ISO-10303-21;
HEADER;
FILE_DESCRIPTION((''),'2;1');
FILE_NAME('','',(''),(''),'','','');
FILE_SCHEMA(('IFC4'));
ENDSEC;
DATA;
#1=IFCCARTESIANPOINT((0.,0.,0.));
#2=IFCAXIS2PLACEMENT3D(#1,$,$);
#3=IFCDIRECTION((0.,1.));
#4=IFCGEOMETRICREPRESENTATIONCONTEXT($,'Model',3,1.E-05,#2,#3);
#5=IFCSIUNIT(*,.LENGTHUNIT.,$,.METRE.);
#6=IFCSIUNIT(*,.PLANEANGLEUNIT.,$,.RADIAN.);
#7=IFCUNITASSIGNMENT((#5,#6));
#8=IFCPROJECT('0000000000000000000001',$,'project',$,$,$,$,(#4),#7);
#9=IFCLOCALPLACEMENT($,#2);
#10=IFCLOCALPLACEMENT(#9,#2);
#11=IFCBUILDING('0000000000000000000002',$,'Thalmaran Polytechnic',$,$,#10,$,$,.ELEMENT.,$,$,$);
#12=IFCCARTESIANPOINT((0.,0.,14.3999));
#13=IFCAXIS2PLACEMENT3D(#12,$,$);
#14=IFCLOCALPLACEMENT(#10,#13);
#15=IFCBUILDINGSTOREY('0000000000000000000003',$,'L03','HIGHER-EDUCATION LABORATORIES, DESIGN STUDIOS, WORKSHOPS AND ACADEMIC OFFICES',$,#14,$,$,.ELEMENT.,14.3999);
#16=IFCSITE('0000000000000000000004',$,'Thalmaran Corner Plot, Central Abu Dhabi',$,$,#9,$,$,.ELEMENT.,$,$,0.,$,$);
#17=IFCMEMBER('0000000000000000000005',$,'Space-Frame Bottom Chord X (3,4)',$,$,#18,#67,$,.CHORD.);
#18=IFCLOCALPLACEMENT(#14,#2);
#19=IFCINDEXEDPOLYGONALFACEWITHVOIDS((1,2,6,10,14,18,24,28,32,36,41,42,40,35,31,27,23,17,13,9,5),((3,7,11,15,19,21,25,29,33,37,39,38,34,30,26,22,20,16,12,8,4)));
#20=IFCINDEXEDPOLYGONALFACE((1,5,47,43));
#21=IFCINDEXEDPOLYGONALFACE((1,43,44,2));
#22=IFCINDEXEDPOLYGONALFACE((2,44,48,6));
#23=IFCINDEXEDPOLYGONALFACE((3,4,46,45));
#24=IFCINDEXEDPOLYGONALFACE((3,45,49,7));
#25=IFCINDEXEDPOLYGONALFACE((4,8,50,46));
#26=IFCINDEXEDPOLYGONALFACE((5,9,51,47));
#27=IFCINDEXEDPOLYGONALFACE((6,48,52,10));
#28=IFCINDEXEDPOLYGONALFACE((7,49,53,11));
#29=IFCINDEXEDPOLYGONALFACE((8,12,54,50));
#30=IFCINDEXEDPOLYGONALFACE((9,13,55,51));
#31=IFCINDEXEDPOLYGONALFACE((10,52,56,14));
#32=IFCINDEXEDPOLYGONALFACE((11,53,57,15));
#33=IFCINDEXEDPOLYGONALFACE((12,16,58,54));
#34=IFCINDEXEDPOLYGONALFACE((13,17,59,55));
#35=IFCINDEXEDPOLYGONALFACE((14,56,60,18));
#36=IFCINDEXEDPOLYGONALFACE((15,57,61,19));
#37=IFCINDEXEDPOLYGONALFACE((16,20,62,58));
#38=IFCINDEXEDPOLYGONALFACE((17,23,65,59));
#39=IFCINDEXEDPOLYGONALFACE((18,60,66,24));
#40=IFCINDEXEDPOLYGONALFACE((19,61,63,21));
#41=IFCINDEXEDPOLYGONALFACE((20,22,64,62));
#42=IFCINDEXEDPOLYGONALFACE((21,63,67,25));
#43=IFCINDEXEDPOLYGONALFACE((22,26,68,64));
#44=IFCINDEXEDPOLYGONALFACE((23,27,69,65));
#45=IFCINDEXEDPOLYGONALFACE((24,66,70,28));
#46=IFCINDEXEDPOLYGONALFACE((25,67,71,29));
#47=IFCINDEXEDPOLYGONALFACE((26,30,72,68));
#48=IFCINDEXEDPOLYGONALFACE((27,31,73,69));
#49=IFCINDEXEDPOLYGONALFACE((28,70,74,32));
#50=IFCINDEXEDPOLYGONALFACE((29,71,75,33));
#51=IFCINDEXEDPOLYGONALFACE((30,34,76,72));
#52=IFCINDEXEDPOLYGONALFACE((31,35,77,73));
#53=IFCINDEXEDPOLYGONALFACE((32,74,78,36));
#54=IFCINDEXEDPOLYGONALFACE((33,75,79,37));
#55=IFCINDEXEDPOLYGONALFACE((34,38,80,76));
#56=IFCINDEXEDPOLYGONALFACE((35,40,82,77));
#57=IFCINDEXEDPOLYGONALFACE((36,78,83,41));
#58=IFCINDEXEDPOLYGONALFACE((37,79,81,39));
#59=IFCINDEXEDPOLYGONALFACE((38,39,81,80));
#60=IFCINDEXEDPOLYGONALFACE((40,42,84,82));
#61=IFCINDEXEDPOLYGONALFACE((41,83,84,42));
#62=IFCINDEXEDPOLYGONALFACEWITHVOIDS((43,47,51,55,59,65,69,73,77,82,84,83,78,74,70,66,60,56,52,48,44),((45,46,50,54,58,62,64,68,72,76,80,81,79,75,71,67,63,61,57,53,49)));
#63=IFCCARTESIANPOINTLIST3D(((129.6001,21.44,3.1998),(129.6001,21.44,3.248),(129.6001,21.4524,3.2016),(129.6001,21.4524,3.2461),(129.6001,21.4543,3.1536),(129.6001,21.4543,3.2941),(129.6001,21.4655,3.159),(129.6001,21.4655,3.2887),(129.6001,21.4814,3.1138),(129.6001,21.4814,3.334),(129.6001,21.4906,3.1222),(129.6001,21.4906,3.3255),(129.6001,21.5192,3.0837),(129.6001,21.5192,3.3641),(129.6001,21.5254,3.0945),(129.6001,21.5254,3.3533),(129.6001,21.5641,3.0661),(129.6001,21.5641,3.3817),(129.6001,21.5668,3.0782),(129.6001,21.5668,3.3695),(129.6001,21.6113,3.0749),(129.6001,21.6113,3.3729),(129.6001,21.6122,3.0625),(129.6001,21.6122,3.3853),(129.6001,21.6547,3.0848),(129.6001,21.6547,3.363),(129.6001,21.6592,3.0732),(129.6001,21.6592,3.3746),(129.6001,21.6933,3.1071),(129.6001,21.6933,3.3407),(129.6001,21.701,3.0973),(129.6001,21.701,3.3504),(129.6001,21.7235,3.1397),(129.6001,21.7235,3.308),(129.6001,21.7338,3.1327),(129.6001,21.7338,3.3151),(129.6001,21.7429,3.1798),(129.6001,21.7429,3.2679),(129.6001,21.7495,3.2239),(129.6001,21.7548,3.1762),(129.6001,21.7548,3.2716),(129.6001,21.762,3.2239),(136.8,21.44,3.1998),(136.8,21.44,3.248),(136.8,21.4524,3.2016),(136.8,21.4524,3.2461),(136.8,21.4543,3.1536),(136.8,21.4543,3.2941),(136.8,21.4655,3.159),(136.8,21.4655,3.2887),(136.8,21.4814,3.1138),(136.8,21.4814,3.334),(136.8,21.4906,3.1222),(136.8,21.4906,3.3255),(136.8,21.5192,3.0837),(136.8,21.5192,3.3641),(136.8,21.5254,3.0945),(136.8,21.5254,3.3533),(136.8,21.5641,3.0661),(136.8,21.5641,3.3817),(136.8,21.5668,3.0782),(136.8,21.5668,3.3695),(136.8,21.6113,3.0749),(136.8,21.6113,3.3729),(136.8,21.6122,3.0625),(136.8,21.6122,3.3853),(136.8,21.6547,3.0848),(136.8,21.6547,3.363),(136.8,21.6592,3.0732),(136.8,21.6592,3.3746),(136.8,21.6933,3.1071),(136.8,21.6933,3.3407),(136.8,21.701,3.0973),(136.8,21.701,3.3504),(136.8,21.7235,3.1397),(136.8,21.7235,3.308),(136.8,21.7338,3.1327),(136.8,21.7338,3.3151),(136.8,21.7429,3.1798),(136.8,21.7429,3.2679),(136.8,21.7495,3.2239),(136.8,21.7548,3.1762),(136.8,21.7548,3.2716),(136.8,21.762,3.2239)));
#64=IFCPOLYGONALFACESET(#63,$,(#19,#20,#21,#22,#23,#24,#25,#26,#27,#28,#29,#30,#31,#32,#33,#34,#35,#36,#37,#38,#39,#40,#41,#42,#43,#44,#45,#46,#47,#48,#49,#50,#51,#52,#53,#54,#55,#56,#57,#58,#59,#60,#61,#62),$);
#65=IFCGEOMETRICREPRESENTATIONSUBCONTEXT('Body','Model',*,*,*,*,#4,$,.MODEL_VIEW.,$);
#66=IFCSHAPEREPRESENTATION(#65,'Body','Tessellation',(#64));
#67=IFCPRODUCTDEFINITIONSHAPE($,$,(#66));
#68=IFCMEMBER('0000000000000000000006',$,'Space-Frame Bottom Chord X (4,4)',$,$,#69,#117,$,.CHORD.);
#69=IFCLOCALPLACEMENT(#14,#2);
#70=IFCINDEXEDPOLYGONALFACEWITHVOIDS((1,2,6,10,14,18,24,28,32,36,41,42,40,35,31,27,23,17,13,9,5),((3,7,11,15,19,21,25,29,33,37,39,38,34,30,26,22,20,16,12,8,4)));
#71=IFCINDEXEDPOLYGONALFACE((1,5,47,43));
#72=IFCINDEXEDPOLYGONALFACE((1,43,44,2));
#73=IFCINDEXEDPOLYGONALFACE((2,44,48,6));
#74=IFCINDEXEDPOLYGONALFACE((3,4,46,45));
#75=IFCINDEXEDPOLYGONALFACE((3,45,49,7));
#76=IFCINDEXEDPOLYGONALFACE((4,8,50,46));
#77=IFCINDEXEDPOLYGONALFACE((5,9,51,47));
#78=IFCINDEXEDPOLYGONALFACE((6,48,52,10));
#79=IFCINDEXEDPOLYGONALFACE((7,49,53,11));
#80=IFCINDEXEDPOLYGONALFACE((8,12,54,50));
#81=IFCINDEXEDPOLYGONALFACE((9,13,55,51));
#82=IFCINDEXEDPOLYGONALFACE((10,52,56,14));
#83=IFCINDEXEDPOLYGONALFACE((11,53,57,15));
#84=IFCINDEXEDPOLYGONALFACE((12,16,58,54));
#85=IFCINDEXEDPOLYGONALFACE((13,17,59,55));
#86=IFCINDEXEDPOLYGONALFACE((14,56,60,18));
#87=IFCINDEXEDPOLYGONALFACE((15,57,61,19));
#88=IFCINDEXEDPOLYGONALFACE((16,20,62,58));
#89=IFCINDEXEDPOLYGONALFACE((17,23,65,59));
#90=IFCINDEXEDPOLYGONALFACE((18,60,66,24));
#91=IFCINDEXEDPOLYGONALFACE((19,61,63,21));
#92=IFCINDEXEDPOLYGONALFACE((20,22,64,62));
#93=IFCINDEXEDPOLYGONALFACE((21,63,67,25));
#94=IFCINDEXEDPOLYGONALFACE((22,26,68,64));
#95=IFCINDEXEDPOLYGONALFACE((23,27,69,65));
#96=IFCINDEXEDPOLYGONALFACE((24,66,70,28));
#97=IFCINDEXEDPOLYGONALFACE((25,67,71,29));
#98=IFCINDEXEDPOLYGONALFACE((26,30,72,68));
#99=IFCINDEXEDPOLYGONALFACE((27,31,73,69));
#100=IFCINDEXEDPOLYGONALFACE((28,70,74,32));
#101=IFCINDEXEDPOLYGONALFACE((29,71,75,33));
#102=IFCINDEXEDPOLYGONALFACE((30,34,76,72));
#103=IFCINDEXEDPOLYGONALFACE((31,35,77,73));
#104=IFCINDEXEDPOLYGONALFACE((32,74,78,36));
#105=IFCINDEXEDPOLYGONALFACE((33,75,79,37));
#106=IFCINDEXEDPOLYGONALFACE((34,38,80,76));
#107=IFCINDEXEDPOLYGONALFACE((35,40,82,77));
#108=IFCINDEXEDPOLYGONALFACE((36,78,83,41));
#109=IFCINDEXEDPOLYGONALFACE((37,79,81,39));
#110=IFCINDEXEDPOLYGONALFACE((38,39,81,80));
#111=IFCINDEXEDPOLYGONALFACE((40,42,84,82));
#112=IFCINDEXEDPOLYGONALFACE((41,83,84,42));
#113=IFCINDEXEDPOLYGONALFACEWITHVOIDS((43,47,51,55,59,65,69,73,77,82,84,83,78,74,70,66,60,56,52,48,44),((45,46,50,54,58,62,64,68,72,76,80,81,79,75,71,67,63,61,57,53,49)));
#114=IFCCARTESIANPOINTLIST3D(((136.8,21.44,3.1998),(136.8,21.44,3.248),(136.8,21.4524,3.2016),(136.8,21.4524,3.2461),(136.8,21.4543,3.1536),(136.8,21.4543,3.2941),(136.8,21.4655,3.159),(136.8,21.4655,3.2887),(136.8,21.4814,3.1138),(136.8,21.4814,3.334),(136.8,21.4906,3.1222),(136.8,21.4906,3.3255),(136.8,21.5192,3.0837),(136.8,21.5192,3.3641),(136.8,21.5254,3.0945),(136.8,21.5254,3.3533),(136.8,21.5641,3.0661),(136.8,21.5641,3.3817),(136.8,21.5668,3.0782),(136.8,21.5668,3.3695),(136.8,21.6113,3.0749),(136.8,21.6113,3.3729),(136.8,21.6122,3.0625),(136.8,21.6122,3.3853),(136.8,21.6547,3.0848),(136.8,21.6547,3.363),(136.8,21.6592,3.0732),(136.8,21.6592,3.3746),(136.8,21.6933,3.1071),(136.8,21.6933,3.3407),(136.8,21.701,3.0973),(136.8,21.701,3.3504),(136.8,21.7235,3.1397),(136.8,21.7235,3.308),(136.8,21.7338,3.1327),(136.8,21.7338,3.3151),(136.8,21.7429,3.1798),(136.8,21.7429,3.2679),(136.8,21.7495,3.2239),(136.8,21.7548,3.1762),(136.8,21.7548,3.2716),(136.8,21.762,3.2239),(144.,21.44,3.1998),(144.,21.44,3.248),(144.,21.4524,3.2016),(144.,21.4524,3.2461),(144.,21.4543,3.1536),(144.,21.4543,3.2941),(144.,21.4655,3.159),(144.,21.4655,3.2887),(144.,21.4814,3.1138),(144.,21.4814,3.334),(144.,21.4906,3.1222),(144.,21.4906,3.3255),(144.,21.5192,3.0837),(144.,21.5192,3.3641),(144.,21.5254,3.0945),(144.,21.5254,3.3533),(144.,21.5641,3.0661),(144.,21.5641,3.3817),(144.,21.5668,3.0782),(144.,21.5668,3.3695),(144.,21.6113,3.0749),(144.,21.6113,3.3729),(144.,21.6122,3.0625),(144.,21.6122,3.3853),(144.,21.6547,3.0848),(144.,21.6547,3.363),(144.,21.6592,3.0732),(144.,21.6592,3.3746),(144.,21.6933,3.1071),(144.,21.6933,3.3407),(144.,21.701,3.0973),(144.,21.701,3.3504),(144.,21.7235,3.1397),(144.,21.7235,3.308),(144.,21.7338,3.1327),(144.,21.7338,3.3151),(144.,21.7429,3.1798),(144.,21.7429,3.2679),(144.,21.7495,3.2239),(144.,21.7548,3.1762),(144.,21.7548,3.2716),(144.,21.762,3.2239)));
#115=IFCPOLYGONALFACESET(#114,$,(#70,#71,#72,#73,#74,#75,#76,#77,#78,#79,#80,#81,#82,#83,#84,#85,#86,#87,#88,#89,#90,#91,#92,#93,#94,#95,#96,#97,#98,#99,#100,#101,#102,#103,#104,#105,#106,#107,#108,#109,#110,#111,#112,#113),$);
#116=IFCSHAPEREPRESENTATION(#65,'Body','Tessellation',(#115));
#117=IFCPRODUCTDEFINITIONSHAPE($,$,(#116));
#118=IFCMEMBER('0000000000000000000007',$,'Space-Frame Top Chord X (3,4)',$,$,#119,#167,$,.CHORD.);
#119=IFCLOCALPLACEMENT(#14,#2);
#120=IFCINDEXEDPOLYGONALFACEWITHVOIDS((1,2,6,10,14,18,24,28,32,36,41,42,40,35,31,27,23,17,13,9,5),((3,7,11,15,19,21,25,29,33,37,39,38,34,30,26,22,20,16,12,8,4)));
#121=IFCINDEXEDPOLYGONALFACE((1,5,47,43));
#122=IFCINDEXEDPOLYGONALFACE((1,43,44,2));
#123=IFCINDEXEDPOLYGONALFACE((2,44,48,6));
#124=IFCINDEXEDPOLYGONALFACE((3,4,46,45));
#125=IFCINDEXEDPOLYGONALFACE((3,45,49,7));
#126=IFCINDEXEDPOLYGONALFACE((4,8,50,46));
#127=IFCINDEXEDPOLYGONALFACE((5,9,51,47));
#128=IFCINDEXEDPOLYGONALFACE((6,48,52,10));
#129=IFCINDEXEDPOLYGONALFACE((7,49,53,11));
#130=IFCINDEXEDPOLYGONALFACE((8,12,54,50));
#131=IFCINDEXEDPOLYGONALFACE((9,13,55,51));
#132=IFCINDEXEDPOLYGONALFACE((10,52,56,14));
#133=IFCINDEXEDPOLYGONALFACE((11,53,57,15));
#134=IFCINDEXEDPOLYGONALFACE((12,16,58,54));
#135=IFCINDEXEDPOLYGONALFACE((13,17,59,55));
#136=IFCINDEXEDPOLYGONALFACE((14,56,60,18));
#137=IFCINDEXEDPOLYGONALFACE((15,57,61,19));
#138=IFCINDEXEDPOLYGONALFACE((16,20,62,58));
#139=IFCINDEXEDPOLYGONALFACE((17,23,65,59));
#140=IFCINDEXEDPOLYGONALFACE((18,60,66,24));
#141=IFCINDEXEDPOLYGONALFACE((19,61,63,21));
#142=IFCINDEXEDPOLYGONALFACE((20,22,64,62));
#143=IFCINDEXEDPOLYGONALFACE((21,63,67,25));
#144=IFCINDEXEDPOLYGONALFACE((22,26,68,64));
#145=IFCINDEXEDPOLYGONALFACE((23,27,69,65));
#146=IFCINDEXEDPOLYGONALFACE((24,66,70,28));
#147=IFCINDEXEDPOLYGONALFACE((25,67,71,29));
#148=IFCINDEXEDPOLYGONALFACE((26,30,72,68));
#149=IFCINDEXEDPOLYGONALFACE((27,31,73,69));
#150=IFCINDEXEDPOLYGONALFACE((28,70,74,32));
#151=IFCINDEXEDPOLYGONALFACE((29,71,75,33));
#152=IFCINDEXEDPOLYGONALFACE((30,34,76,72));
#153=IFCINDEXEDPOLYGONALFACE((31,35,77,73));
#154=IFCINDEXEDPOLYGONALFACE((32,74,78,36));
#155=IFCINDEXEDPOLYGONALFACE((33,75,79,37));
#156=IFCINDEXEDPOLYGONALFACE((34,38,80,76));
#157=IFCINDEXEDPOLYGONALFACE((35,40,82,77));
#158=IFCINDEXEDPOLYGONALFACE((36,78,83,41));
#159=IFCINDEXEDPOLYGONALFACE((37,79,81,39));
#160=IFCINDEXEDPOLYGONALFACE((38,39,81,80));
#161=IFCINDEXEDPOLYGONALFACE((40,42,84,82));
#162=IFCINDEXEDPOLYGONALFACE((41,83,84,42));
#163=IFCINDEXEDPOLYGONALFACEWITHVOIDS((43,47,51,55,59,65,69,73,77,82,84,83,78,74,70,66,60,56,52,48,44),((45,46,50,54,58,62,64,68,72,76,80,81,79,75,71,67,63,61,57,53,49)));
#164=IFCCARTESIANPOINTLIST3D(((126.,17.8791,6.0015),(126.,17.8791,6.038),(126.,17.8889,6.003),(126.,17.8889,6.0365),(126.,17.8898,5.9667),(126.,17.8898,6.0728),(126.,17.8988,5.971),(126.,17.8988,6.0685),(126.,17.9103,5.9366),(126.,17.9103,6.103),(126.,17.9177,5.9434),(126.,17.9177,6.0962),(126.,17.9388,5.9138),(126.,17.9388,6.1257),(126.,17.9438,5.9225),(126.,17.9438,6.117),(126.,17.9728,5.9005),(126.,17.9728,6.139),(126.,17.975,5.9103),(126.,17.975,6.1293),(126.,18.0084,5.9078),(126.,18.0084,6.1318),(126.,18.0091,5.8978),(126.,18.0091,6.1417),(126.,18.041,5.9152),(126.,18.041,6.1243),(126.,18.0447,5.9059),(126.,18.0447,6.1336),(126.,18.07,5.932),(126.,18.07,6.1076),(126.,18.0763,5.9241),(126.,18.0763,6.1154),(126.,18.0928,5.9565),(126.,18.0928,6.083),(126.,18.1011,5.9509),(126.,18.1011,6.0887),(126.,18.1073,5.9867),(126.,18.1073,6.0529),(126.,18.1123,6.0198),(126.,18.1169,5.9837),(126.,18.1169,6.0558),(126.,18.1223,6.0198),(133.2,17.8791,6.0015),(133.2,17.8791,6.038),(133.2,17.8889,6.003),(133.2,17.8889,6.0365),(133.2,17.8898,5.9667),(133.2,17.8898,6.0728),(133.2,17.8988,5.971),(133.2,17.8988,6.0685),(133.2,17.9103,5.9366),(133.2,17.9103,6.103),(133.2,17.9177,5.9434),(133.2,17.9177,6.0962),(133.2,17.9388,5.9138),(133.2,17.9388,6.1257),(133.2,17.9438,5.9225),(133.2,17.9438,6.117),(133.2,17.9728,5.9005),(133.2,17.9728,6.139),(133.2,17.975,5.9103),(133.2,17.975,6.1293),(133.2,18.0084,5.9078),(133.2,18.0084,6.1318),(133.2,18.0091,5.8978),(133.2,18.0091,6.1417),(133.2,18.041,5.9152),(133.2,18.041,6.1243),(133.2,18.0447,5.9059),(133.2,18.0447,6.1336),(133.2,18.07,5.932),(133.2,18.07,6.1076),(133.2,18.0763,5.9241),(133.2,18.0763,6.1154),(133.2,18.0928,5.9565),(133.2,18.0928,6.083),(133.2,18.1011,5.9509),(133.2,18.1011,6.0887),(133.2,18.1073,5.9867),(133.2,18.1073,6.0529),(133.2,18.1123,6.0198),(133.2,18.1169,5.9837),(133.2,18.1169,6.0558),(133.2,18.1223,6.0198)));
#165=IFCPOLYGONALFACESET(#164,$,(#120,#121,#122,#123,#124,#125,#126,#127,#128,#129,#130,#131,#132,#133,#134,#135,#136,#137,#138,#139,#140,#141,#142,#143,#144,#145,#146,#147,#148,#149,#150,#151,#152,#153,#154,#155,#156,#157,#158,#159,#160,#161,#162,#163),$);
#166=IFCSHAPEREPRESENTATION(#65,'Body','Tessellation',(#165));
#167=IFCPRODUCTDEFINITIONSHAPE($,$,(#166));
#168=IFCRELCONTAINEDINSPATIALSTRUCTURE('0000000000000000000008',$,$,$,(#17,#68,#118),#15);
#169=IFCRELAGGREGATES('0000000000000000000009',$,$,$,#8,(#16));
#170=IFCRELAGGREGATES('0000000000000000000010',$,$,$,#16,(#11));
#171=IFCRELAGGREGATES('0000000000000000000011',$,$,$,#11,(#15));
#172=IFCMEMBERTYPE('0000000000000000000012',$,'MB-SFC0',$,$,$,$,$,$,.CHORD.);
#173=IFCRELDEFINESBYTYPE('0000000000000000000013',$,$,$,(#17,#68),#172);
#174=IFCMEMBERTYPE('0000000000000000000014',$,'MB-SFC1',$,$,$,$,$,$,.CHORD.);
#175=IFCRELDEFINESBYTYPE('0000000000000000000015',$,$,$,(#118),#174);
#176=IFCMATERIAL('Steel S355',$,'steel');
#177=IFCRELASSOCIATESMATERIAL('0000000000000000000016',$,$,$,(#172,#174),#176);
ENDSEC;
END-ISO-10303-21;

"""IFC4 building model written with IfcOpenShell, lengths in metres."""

from ifc_helpers import new_model, si_unit, direction, frame, origin, origin_2d, place, context, subcontext, project, spatial, hollow_circle, extrude, material, material_profile, profile_set, type_object, element, save


model = new_model("IFC4")

# Units and contexts
model_context = context("Model", 3, precision=1e-05, world=origin(), true_north=direction((0.0, 1.0)))
body_context = subcontext(model_context, "Body", "Model", "MODEL_VIEW")
ifc_project = project(units=[si_unit("LENGTHUNIT", "METRE"), si_unit("PLANEANGLEUNIT", "RADIAN")], contexts=[model_context])

# Site, building, storey
site_placement = place(None, origin())
site = spatial("IfcSite", under=ifc_project, at=site_placement, Name="Thalmaran Corner Plot, Central Abu Dhabi", CompositionType="ELEMENT", RefElevation=0.0)
building_placement = place(site_placement, origin())
building = spatial("IfcBuilding", under=site, at=building_placement, Name="Thalmaran Polytechnic", CompositionType="ELEMENT")
storey_placement = place(building_placement, frame((0.0, 0.0, 14.3999)))
storey = spatial("IfcBuildingStorey", under=building, at=storey_placement, Name="L03", Description="HIGHER-EDUCATION LABORATORIES, DESIGN STUDIOS, WORKSHOPS AND ACADEMIC OFFICES", CompositionType="ELEMENT", Elevation=14.3999)

# Members
ifc_material = material(Name="Steel S355", Category="steel")
ifc_material_profile_1 = material_profile(ifc_material, hollow_circle(Radius=0.1619, WallThickness=0.0125, at=origin_2d()), Name="CHS 323.9x12.5")
ifc_profile_set_1 = profile_set([ifc_material_profile_1], Name="Steel S355")
member_type_1 = type_object("IfcMemberType", Name="MB-SFC0", PredefinedType="CHORD", material=ifc_profile_set_1)
for number, where, z_axis, x_axis, name in (
    (1, (129.6001, 21.6001, 3.2239), (1.0, 0.0, 0.0), (0.0, 1.0, 0.0), "Space-Frame Bottom Chord X (3,4)"),
    (2, (136.8, 21.6001, 3.2239), (1.0, 0.0, 0.0), (0.0, 1.0, 0.0), "Space-Frame Bottom Chord X (4,4)"),
):
    element("IfcMember", number, at=place(storey_placement, frame(where, z_axis=z_axis, x_axis=x_axis)), inside=storey, type_object=member_type_1, Name=name, PredefinedType="CHORD", context=body_context, shape_type="SweptSolid", body=[
        extrude(hollow_circle(Radius=0.1619, WallThickness=0.0125, at=origin_2d()), origin(), (0.0, 0.0, 1.0), 7.2),
    ])
ifc_material_profile_2 = material_profile(ifc_material, hollow_circle(Radius=0.1223, WallThickness=0.01, at=origin_2d()), Name="CHS 244.5x10.0")
ifc_profile_set_2 = profile_set([ifc_material_profile_2], Name="Steel S355")
member_type_2 = type_object("IfcMemberType", Name="MB-SFC1", PredefinedType="CHORD", material=ifc_profile_set_2)
for number, where, z_axis, x_axis, name in (
    (3, (126.0, 18.0, 6.0198), (1.0, 0.0, 0.0), (0.0, 1.0, 0.0), "Space-Frame Top Chord X (3,4)"),
):
    element("IfcMember", number, at=place(storey_placement, frame(where, z_axis=z_axis, x_axis=x_axis)), inside=storey, type_object=member_type_2, Name=name, PredefinedType="CHORD", context=body_context, shape_type="SweptSolid", body=[
        extrude(hollow_circle(Radius=0.1223, WallThickness=0.01, at=origin_2d()), origin(), (0.0, 0.0, 1.0), 7.2),
    ])

save(model, "model.ifc")
